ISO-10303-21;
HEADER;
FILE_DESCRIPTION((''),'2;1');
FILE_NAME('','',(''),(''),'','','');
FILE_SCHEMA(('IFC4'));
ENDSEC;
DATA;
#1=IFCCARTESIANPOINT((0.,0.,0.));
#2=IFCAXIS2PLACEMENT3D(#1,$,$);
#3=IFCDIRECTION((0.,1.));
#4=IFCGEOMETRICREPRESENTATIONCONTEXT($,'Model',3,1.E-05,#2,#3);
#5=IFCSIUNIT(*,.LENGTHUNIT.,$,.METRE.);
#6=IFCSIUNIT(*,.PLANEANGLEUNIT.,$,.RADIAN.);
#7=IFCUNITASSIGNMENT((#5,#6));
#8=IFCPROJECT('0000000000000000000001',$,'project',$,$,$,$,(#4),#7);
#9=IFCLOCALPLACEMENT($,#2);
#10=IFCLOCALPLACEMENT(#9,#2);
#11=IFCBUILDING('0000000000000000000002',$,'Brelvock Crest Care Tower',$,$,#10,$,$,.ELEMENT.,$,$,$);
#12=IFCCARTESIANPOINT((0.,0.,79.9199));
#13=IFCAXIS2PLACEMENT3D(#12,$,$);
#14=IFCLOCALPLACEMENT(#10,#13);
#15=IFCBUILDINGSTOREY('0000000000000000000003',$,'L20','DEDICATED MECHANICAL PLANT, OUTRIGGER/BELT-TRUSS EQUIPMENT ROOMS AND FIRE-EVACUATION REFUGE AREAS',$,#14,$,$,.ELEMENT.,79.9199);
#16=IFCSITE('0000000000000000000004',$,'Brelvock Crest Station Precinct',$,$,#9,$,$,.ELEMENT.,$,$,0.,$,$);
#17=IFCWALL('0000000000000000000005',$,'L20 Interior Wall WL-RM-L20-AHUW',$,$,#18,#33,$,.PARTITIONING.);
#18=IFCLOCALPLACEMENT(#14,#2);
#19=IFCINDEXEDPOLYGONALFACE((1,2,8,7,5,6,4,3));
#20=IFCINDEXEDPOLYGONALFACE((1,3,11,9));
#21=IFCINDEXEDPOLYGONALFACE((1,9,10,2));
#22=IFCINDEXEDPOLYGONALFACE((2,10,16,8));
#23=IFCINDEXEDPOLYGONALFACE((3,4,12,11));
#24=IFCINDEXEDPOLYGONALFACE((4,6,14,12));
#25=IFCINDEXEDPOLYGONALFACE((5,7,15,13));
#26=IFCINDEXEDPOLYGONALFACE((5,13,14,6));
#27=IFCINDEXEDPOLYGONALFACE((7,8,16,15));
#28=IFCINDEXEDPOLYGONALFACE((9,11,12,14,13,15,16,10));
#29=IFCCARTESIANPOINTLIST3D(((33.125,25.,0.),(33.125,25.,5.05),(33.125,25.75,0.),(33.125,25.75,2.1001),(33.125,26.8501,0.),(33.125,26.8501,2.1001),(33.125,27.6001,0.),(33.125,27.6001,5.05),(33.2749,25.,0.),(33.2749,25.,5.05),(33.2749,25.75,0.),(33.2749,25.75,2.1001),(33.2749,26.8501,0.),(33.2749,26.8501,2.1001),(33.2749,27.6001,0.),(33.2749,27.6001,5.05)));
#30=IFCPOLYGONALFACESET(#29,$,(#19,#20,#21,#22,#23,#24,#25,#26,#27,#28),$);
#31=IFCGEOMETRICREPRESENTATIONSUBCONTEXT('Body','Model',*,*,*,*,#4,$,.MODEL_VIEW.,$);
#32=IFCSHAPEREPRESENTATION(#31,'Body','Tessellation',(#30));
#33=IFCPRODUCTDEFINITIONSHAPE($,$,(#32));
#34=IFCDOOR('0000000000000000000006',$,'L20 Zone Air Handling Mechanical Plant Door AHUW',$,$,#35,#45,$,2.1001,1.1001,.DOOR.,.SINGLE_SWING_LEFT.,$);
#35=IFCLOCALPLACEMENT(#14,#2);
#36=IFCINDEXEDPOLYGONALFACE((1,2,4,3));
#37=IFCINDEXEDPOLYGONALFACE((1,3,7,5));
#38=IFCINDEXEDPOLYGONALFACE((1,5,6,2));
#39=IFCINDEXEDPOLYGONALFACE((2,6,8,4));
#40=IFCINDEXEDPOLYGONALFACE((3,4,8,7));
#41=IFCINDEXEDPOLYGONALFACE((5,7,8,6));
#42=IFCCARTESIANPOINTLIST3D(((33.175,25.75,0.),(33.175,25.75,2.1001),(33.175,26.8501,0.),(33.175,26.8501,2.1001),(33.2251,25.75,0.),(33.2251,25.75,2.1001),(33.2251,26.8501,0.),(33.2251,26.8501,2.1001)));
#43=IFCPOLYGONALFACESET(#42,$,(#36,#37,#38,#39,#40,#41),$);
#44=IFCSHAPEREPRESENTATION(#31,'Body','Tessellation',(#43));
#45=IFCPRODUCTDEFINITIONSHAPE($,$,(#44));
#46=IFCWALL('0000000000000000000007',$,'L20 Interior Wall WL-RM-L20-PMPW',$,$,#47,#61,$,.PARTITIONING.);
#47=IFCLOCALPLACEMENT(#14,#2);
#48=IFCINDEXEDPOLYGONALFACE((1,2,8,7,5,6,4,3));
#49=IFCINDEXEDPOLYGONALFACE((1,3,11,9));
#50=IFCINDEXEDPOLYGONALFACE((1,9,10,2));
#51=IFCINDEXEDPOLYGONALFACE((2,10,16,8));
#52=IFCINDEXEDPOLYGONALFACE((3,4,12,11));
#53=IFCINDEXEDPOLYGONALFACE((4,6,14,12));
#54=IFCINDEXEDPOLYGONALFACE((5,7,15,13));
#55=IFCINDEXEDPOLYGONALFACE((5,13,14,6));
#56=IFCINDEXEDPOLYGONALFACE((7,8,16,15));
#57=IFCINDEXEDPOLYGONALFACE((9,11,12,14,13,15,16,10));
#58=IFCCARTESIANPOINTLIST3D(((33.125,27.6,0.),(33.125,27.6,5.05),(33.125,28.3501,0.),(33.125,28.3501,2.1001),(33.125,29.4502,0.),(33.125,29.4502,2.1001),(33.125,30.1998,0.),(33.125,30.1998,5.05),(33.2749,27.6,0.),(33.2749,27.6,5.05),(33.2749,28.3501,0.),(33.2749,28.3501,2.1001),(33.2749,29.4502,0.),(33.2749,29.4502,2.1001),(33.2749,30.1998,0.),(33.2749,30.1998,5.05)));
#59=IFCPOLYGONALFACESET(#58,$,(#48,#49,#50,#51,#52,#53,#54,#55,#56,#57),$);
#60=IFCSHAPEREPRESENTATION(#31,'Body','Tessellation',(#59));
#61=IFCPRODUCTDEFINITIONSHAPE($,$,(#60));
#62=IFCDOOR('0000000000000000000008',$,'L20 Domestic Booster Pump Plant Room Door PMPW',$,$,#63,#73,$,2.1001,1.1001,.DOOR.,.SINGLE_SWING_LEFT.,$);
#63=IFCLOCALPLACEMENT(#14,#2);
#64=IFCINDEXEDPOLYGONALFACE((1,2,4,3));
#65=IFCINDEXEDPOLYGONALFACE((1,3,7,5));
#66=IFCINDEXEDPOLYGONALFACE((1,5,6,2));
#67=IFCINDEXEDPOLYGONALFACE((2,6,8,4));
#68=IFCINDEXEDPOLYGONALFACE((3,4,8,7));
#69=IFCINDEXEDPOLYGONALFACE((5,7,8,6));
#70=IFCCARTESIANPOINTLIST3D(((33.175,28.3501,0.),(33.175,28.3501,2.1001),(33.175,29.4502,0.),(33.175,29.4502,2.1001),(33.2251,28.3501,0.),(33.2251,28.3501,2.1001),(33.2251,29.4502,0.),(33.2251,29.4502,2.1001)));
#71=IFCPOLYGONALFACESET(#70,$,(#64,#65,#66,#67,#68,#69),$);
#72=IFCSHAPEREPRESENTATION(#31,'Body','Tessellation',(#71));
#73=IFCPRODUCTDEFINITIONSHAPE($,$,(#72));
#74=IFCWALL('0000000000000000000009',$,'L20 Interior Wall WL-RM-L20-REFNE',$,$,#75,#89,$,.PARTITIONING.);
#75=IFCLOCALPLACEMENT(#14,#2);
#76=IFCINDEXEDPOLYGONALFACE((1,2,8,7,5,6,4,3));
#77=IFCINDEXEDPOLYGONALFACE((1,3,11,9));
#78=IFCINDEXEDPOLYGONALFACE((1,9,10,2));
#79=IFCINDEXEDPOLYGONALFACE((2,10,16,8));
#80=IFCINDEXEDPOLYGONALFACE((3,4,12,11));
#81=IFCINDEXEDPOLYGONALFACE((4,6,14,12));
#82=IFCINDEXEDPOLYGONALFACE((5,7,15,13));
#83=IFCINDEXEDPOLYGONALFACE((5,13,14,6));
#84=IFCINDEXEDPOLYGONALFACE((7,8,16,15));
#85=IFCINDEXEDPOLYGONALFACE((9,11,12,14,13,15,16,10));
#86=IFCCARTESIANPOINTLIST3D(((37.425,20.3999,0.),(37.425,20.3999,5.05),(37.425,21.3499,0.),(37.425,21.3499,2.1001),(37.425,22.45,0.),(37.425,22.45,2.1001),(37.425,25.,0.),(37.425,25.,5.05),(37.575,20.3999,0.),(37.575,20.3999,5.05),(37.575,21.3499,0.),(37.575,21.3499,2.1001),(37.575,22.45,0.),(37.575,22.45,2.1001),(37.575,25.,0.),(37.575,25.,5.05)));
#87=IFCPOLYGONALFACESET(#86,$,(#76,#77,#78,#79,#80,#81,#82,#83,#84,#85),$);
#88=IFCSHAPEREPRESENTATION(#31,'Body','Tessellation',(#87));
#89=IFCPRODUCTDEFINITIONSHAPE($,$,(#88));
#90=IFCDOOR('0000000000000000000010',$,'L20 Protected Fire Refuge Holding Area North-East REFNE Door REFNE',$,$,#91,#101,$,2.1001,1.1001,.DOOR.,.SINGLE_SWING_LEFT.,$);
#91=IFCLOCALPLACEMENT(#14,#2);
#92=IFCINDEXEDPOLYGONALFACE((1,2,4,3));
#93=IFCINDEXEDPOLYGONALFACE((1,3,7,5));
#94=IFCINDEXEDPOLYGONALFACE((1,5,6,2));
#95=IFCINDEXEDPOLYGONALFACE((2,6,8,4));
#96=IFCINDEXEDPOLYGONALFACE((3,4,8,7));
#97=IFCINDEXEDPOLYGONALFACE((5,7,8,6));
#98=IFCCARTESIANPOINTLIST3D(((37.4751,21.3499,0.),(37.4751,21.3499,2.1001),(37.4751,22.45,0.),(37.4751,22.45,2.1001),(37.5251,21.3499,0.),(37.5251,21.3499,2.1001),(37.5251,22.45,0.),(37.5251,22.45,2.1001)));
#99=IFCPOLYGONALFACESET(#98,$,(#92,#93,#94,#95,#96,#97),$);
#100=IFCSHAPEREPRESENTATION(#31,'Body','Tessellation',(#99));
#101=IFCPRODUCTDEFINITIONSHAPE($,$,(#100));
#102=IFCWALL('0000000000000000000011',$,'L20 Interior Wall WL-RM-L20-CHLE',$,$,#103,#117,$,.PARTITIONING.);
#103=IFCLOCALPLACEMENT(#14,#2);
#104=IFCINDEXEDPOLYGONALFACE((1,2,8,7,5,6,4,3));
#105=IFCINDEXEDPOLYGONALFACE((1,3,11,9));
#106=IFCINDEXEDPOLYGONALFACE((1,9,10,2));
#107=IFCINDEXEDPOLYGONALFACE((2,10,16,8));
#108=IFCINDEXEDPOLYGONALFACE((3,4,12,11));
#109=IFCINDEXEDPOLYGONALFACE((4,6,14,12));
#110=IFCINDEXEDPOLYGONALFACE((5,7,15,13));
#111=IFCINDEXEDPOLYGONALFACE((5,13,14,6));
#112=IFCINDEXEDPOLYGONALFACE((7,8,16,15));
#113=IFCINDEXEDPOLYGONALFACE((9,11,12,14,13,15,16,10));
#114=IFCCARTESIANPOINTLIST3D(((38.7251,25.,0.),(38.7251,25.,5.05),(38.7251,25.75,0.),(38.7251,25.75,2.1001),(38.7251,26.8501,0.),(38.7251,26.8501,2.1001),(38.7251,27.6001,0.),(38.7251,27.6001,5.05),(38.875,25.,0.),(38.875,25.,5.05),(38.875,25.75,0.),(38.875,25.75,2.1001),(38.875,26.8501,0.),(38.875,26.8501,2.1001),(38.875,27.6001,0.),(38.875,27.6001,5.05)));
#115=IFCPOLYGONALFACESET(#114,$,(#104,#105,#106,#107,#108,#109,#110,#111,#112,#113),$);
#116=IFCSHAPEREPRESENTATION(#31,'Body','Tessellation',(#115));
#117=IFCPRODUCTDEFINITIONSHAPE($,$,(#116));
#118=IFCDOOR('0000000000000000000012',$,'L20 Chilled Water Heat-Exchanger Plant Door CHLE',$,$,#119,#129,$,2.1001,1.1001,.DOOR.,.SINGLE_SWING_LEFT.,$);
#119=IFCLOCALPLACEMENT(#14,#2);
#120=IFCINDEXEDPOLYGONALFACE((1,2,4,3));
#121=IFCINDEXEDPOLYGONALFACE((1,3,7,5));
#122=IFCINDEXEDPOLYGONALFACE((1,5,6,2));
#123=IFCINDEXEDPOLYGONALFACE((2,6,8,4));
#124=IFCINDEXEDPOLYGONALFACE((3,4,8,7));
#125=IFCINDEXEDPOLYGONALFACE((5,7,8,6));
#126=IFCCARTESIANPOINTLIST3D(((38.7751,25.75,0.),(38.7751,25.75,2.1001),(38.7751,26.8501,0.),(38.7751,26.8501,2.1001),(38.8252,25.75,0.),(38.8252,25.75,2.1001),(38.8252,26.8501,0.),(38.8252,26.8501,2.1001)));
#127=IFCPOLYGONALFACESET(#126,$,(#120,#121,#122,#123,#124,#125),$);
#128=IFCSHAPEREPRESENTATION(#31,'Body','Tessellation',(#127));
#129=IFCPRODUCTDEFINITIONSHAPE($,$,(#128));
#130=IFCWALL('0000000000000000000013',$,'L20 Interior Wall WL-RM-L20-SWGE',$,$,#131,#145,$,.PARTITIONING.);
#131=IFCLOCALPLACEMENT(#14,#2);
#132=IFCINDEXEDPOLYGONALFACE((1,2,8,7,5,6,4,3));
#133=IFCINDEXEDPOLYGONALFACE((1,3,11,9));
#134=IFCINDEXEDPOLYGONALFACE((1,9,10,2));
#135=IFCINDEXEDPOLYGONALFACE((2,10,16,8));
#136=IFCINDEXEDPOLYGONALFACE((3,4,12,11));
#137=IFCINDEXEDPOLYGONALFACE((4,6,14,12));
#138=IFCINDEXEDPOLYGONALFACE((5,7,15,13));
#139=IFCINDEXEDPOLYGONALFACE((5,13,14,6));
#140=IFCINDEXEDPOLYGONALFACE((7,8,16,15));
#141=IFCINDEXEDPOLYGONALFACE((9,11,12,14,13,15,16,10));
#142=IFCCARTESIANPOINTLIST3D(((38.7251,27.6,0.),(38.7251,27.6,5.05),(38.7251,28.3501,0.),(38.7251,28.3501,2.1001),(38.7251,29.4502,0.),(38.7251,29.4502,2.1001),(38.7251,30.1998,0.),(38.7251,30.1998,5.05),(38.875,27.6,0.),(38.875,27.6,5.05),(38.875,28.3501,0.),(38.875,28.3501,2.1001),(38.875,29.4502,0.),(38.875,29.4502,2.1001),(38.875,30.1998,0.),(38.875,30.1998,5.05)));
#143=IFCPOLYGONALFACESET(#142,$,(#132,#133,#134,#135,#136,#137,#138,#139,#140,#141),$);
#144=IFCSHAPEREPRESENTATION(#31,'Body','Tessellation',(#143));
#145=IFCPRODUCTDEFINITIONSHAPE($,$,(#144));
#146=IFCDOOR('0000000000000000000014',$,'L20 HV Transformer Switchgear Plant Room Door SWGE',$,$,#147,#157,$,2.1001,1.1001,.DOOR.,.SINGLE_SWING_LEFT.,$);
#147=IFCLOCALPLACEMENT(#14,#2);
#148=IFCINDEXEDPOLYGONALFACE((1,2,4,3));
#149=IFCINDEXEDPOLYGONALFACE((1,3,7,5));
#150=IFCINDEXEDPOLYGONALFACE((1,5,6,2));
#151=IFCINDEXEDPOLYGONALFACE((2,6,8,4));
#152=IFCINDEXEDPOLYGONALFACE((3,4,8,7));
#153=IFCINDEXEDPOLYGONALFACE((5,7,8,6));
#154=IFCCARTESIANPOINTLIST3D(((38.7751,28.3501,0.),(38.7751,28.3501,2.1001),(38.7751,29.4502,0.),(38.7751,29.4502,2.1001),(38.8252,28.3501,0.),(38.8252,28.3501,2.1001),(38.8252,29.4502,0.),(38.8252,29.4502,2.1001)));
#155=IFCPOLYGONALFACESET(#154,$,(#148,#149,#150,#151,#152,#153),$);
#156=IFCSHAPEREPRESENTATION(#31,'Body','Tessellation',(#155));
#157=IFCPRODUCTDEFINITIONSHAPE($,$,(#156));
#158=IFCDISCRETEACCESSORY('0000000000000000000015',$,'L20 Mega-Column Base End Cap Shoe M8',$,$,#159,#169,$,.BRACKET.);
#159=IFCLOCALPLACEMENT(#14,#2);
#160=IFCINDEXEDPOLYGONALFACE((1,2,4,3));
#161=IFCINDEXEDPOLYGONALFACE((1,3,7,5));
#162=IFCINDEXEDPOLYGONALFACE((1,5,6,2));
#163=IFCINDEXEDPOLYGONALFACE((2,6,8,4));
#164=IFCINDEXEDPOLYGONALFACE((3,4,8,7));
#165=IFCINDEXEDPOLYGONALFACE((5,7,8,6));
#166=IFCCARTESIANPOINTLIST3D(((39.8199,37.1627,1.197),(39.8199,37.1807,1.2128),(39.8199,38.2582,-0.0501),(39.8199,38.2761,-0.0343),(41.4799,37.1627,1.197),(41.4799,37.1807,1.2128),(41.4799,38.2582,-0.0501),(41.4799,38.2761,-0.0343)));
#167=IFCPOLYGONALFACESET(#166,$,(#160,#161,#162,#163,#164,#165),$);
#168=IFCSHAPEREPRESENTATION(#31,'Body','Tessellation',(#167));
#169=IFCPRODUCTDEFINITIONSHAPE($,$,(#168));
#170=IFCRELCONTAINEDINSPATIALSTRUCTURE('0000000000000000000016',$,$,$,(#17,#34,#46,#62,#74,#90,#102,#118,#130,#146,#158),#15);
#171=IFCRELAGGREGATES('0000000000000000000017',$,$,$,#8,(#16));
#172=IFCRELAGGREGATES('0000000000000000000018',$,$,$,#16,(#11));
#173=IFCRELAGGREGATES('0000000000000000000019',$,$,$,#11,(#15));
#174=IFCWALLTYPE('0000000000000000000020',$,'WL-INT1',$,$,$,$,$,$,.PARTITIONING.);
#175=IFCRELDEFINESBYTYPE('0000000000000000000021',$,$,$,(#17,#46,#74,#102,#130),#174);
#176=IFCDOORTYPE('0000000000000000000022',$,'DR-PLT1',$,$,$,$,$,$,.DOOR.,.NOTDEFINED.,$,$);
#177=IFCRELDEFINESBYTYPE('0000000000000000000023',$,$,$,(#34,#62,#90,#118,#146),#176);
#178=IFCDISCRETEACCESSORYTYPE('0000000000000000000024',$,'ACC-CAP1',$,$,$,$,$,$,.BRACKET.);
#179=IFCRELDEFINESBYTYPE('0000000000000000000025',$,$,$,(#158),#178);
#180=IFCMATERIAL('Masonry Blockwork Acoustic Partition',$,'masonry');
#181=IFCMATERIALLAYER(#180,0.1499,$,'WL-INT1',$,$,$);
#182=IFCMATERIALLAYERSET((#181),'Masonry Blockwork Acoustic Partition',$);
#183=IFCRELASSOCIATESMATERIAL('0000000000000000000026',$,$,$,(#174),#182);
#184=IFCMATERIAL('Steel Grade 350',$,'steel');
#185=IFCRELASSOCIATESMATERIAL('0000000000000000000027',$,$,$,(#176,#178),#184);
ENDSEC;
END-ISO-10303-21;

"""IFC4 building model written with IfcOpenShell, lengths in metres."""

from ifc_helpers import new_model, si_unit, direction, frame, frame_2d, origin, origin_2d, place, context, subcontext, project, spatial, rectangle, extrude, source, transform, mapped, material, layer, layer_set, material_profile, profile_set, type_object, element, fill, save


model = new_model("IFC4")

# Units and contexts
model_context = context("Model", 3, precision=1e-05, world=origin(), true_north=direction((0.0, 1.0)))
body_context = subcontext(model_context, "Body", "Model", "MODEL_VIEW")
ifc_project = project(units=[si_unit("LENGTHUNIT", "METRE"), si_unit("PLANEANGLEUNIT", "RADIAN")], contexts=[model_context])

# Site, building, storey
site_placement = place(None, origin())
site = spatial("IfcSite", under=ifc_project, at=site_placement, Name="Brelvock Crest Station Precinct", CompositionType="ELEMENT", RefElevation=0.0)
building_placement = place(site_placement, origin())
building = spatial("IfcBuilding", under=site, at=building_placement, Name="Brelvock Crest Care Tower", CompositionType="ELEMENT")
storey_placement = place(building_placement, frame((0.0, 0.0, 79.9199)))
storey = spatial("IfcBuildingStorey", under=building, at=storey_placement, Name="L20", Description="DEDICATED MECHANICAL PLANT, OUTRIGGER/BELT-TRUSS EQUIPMENT ROOMS AND FIRE-EVACUATION REFUGE AREAS", CompositionType="ELEMENT", Elevation=79.9199)

# Shared definitions
ifc_material_1 = material(Name="Steel Grade 350", Category="steel")

# Shared definitions
ifc_material_2 = material(Name="Masonry Blockwork Acoustic Partition", Category="masonry")
ifc_layer = layer(ifc_material_2, 0.1499, Name="WL-INT1")
ifc_layer_set = layer_set([ifc_layer], Name="Masonry Blockwork Acoustic Partition")
wall_type = type_object("IfcWallType", Name="WL-INT1", PredefinedType="PARTITIONING", material=ifc_layer_set)

# Walls, openings, doors
wall_1_placement = place(storey_placement, frame((33.2, 25.0, 0.0), z_axis=(0.0, 0.0, 1.0), x_axis=(0.0, 1.0, 0.0)))
wall_1 = element("IfcWall", 1, at=wall_1_placement, inside=storey, type_object=wall_type, Name="L20 Interior Wall WL-RM-L20-AHUW", PredefinedType="PARTITIONING", context=body_context, shape_type="SweptSolid", body=[
    extrude(rectangle(XDim=2.6001, YDim=0.1499, at=frame_2d((1.3, 0.0))), origin(), (0.0, 0.0, 1.0), 5.05),
])
opening_1_placement = place(wall_1_placement, frame((0.75, 0.0, 0.0)))
opening_1 = element("IfcOpeningElement", 2, at=opening_1_placement, cuts=wall_1, PredefinedType="OPENING", context=body_context, shape_type="SweptSolid", body=[
    extrude(rectangle(XDim=1.1001, YDim=2.1001, at=origin_2d()), frame((0.55, 0.085, 1.05), z_axis=(0.0, -1.0, 0.0), x_axis=(1.0, 0.0, 0.0)), (0.0, 0.0, 1.0), 0.1699),
])
door_type = type_object("IfcDoorType", Name="DR-PLT1", OperationType="NOTDEFINED", PredefinedType="DOOR", material=ifc_material_1)
shared_shape_1 = source(origin(), body_context, "Body", "SweptSolid", [
    extrude(rectangle(XDim=1.1001, YDim=2.1001, at=origin_2d()), frame((0.55, 0.0249, 1.05), z_axis=(0.0, -1.0, 0.0), x_axis=(1.0, 0.0, 0.0)), (0.0, 0.0, 1.0), 0.05),
])
door_1_placement = place(opening_1_placement, origin())
door_1 = element("IfcDoor", 3, at=door_1_placement, inside=storey, type_object=door_type, Name="L20 Zone Air Handling Mechanical Plant Door AHUW", OperationType="SINGLE_SWING_LEFT", OverallHeight=2.1001, OverallWidth=1.1001, PredefinedType="DOOR", context=body_context, shape_type="MappedRepresentation", body=[
    mapped(shared_shape_1, transform((0.0, 0.0, 0.0), x_axis=(1.0, 0.0, 0.0), y_axis=(0.0, 1.0, 0.0), z_axis=(0.0, 0.0, 1.0), scale=1.0)),
])
fill(opening_1, door_1)
wall_2_placement = place(storey_placement, frame((33.2, 27.6001, 0.0), z_axis=(0.0, 0.0, 1.0), x_axis=(0.0, 1.0, 0.0)))
wall_2 = element("IfcWall", 4, at=wall_2_placement, inside=storey, type_object=wall_type, Name="L20 Interior Wall WL-RM-L20-PMPW", PredefinedType="PARTITIONING", context=body_context, shape_type="SweptSolid", body=[
    extrude(rectangle(XDim=2.5999, YDim=0.1499, at=frame_2d((1.2998, 0.0))), origin(), (0.0, 0.0, 1.0), 5.05),
])
opening_2_placement = place(wall_2_placement, frame((0.75, 0.0, 0.0)))
opening_2 = element("IfcOpeningElement", 5, at=opening_2_placement, cuts=wall_2, PredefinedType="OPENING", context=body_context, shape_type="SweptSolid", body=[
    extrude(rectangle(XDim=1.1001, YDim=2.1001, at=origin_2d()), frame((0.55, 0.085, 1.05), z_axis=(0.0, -1.0, 0.0), x_axis=(1.0, 0.0, 0.0)), (0.0, 0.0, 1.0), 0.1699),
])
door_2_placement = place(opening_2_placement, origin())
door_2 = element("IfcDoor", 6, at=door_2_placement, inside=storey, type_object=door_type, Name="L20 Domestic Booster Pump Plant Room Door PMPW", OperationType="SINGLE_SWING_LEFT", OverallHeight=2.1001, OverallWidth=1.1001, PredefinedType="DOOR", context=body_context, shape_type="MappedRepresentation", body=[
    mapped(shared_shape_1, transform((0.0, 0.0, 0.0), x_axis=(1.0, 0.0, 0.0), y_axis=(0.0, 1.0, 0.0), z_axis=(0.0, 0.0, 1.0), scale=1.0)),
])
fill(opening_2, door_2)
wall_3_placement = place(storey_placement, frame((37.5, 20.3999, 0.0), z_axis=(0.0, 0.0, 1.0), x_axis=(0.0, 1.0, 0.0)))
wall_3 = element("IfcWall", 7, at=wall_3_placement, inside=storey, type_object=wall_type, Name="L20 Interior Wall WL-RM-L20-REFNE", PredefinedType="PARTITIONING", context=body_context, shape_type="SweptSolid", body=[
    extrude(rectangle(XDim=4.6001, YDim=0.1499, at=frame_2d((2.3, 0.0))), origin(), (0.0, 0.0, 1.0), 5.05),
])
opening_3_placement = place(wall_3_placement, frame((0.95, 0.0, 0.0)))
opening_3 = element("IfcOpeningElement", 8, at=opening_3_placement, cuts=wall_3, PredefinedType="OPENING", context=body_context, shape_type="SweptSolid", body=[
    extrude(rectangle(XDim=1.1001, YDim=2.1001, at=origin_2d()), frame((0.55, 0.085, 1.05), z_axis=(0.0, -1.0, 0.0), x_axis=(1.0, 0.0, 0.0)), (0.0, 0.0, 1.0), 0.1699),
])
door_3_placement = place(opening_3_placement, origin())
door_3 = element("IfcDoor", 9, at=door_3_placement, inside=storey, type_object=door_type, Name="L20 Protected Fire Refuge Holding Area North-East REFNE Door REFNE", OperationType="SINGLE_SWING_LEFT", OverallHeight=2.1001, OverallWidth=1.1001, PredefinedType="DOOR", context=body_context, shape_type="MappedRepresentation", body=[
    mapped(shared_shape_1, transform((0.0, 0.0, 0.0), x_axis=(1.0, 0.0, 0.0), y_axis=(0.0, 1.0, 0.0), z_axis=(0.0, 0.0, 1.0), scale=1.0)),
])
fill(opening_3, door_3)
wall_4_placement = place(storey_placement, frame((38.8, 25.0, 0.0), z_axis=(0.0, 0.0, 1.0), x_axis=(0.0, 1.0, 0.0)))
wall_4 = element("IfcWall", 10, at=wall_4_placement, inside=storey, type_object=wall_type, Name="L20 Interior Wall WL-RM-L20-CHLE", PredefinedType="PARTITIONING", context=body_context, shape_type="SweptSolid", body=[
    extrude(rectangle(XDim=2.6001, YDim=0.1499, at=frame_2d((1.3, 0.0))), origin(), (0.0, 0.0, 1.0), 5.05),
])
opening_4_placement = place(wall_4_placement, frame((0.75, 0.0, 0.0)))
opening_4 = element("IfcOpeningElement", 11, at=opening_4_placement, cuts=wall_4, PredefinedType="OPENING", context=body_context, shape_type="SweptSolid", body=[
    extrude(rectangle(XDim=1.1001, YDim=2.1001, at=origin_2d()), frame((0.55, 0.085, 1.05), z_axis=(0.0, -1.0, 0.0), x_axis=(1.0, 0.0, 0.0)), (0.0, 0.0, 1.0), 0.1699),
])
door_4_placement = place(opening_4_placement, origin())
door_4 = element("IfcDoor", 12, at=door_4_placement, inside=storey, type_object=door_type, Name="L20 Chilled Water Heat-Exchanger Plant Door CHLE", OperationType="SINGLE_SWING_LEFT", OverallHeight=2.1001, OverallWidth=1.1001, PredefinedType="DOOR", context=body_context, shape_type="MappedRepresentation", body=[
    mapped(shared_shape_1, transform((0.0, 0.0, 0.0), x_axis=(1.0, 0.0, 0.0), y_axis=(0.0, 1.0, 0.0), z_axis=(0.0, 0.0, 1.0), scale=1.0)),
])
fill(opening_4, door_4)
wall_5_placement = place(storey_placement, frame((38.8, 27.6001, 0.0), z_axis=(0.0, 0.0, 1.0), x_axis=(0.0, 1.0, 0.0)))
wall_5 = element("IfcWall", 13, at=wall_5_placement, inside=storey, type_object=wall_type, Name="L20 Interior Wall WL-RM-L20-SWGE", PredefinedType="PARTITIONING", context=body_context, shape_type="SweptSolid", body=[
    extrude(rectangle(XDim=2.5999, YDim=0.1499, at=frame_2d((1.2998, 0.0))), origin(), (0.0, 0.0, 1.0), 5.05),
])
opening_5_placement = place(wall_5_placement, frame((0.75, 0.0, 0.0)))
opening_5 = element("IfcOpeningElement", 14, at=opening_5_placement, cuts=wall_5, PredefinedType="OPENING", context=body_context, shape_type="SweptSolid", body=[
    extrude(rectangle(XDim=1.1001, YDim=2.1001, at=origin_2d()), frame((0.55, 0.085, 1.05), z_axis=(0.0, -1.0, 0.0), x_axis=(1.0, 0.0, 0.0)), (0.0, 0.0, 1.0), 0.1699),
])
door_5_placement = place(opening_5_placement, origin())
door_5 = element("IfcDoor", 15, at=door_5_placement, inside=storey, type_object=door_type, Name="L20 HV Transformer Switchgear Plant Room Door SWGE", OperationType="SINGLE_SWING_LEFT", OverallHeight=2.1001, OverallWidth=1.1001, PredefinedType="DOOR", context=body_context, shape_type="MappedRepresentation", body=[
    mapped(shared_shape_1, transform((0.0, 0.0, 0.0), x_axis=(1.0, 0.0, 0.0), y_axis=(0.0, 1.0, 0.0), z_axis=(0.0, 0.0, 1.0), scale=1.0)),
])
fill(opening_5, door_5)

# Discrete accessory
ifc_material_profile_1 = material_profile(ifc_material_1, rectangle(XDim=1.6599, YDim=1.6599, at=origin_2d()), Name="ACC-CAP1")
ifc_profile_set_1 = profile_set([ifc_material_profile_1], Name="Steel Grade 350")
discrete_accessory_type = type_object("IfcDiscreteAccessoryType", Name="ACC-CAP1", PredefinedType="BRACKET", material=ifc_profile_set_1)
shared_shape_2 = source(origin(), body_context, "Body", "SweptSolid", [
    extrude(rectangle(XDim=1.6599, YDim=1.6599, at=origin_2d()), origin(), (0.0, 0.0, 1.0), 0.0239),
])
discrete_accessory_placement = place(storey_placement, frame((40.6499, 37.7104, 0.5735), z_axis=(0.0, 0.751317, 0.659941), x_axis=(-1.0, 0.0, 0.0)))
element("IfcDiscreteAccessory", 16, at=discrete_accessory_placement, inside=storey, type_object=discrete_accessory_type, Name="L20 Mega-Column Base End Cap Shoe M8", PredefinedType="BRACKET", context=body_context, shape_type="MappedRepresentation", body=[
    mapped(shared_shape_2, transform((0.0, 0.0, 0.0), x_axis=(1.0, 0.0, 0.0), y_axis=(0.0, 1.0, 0.0), z_axis=(0.0, 0.0, 1.0), scale=1.0)),
])

save(model, "model.ifc")
